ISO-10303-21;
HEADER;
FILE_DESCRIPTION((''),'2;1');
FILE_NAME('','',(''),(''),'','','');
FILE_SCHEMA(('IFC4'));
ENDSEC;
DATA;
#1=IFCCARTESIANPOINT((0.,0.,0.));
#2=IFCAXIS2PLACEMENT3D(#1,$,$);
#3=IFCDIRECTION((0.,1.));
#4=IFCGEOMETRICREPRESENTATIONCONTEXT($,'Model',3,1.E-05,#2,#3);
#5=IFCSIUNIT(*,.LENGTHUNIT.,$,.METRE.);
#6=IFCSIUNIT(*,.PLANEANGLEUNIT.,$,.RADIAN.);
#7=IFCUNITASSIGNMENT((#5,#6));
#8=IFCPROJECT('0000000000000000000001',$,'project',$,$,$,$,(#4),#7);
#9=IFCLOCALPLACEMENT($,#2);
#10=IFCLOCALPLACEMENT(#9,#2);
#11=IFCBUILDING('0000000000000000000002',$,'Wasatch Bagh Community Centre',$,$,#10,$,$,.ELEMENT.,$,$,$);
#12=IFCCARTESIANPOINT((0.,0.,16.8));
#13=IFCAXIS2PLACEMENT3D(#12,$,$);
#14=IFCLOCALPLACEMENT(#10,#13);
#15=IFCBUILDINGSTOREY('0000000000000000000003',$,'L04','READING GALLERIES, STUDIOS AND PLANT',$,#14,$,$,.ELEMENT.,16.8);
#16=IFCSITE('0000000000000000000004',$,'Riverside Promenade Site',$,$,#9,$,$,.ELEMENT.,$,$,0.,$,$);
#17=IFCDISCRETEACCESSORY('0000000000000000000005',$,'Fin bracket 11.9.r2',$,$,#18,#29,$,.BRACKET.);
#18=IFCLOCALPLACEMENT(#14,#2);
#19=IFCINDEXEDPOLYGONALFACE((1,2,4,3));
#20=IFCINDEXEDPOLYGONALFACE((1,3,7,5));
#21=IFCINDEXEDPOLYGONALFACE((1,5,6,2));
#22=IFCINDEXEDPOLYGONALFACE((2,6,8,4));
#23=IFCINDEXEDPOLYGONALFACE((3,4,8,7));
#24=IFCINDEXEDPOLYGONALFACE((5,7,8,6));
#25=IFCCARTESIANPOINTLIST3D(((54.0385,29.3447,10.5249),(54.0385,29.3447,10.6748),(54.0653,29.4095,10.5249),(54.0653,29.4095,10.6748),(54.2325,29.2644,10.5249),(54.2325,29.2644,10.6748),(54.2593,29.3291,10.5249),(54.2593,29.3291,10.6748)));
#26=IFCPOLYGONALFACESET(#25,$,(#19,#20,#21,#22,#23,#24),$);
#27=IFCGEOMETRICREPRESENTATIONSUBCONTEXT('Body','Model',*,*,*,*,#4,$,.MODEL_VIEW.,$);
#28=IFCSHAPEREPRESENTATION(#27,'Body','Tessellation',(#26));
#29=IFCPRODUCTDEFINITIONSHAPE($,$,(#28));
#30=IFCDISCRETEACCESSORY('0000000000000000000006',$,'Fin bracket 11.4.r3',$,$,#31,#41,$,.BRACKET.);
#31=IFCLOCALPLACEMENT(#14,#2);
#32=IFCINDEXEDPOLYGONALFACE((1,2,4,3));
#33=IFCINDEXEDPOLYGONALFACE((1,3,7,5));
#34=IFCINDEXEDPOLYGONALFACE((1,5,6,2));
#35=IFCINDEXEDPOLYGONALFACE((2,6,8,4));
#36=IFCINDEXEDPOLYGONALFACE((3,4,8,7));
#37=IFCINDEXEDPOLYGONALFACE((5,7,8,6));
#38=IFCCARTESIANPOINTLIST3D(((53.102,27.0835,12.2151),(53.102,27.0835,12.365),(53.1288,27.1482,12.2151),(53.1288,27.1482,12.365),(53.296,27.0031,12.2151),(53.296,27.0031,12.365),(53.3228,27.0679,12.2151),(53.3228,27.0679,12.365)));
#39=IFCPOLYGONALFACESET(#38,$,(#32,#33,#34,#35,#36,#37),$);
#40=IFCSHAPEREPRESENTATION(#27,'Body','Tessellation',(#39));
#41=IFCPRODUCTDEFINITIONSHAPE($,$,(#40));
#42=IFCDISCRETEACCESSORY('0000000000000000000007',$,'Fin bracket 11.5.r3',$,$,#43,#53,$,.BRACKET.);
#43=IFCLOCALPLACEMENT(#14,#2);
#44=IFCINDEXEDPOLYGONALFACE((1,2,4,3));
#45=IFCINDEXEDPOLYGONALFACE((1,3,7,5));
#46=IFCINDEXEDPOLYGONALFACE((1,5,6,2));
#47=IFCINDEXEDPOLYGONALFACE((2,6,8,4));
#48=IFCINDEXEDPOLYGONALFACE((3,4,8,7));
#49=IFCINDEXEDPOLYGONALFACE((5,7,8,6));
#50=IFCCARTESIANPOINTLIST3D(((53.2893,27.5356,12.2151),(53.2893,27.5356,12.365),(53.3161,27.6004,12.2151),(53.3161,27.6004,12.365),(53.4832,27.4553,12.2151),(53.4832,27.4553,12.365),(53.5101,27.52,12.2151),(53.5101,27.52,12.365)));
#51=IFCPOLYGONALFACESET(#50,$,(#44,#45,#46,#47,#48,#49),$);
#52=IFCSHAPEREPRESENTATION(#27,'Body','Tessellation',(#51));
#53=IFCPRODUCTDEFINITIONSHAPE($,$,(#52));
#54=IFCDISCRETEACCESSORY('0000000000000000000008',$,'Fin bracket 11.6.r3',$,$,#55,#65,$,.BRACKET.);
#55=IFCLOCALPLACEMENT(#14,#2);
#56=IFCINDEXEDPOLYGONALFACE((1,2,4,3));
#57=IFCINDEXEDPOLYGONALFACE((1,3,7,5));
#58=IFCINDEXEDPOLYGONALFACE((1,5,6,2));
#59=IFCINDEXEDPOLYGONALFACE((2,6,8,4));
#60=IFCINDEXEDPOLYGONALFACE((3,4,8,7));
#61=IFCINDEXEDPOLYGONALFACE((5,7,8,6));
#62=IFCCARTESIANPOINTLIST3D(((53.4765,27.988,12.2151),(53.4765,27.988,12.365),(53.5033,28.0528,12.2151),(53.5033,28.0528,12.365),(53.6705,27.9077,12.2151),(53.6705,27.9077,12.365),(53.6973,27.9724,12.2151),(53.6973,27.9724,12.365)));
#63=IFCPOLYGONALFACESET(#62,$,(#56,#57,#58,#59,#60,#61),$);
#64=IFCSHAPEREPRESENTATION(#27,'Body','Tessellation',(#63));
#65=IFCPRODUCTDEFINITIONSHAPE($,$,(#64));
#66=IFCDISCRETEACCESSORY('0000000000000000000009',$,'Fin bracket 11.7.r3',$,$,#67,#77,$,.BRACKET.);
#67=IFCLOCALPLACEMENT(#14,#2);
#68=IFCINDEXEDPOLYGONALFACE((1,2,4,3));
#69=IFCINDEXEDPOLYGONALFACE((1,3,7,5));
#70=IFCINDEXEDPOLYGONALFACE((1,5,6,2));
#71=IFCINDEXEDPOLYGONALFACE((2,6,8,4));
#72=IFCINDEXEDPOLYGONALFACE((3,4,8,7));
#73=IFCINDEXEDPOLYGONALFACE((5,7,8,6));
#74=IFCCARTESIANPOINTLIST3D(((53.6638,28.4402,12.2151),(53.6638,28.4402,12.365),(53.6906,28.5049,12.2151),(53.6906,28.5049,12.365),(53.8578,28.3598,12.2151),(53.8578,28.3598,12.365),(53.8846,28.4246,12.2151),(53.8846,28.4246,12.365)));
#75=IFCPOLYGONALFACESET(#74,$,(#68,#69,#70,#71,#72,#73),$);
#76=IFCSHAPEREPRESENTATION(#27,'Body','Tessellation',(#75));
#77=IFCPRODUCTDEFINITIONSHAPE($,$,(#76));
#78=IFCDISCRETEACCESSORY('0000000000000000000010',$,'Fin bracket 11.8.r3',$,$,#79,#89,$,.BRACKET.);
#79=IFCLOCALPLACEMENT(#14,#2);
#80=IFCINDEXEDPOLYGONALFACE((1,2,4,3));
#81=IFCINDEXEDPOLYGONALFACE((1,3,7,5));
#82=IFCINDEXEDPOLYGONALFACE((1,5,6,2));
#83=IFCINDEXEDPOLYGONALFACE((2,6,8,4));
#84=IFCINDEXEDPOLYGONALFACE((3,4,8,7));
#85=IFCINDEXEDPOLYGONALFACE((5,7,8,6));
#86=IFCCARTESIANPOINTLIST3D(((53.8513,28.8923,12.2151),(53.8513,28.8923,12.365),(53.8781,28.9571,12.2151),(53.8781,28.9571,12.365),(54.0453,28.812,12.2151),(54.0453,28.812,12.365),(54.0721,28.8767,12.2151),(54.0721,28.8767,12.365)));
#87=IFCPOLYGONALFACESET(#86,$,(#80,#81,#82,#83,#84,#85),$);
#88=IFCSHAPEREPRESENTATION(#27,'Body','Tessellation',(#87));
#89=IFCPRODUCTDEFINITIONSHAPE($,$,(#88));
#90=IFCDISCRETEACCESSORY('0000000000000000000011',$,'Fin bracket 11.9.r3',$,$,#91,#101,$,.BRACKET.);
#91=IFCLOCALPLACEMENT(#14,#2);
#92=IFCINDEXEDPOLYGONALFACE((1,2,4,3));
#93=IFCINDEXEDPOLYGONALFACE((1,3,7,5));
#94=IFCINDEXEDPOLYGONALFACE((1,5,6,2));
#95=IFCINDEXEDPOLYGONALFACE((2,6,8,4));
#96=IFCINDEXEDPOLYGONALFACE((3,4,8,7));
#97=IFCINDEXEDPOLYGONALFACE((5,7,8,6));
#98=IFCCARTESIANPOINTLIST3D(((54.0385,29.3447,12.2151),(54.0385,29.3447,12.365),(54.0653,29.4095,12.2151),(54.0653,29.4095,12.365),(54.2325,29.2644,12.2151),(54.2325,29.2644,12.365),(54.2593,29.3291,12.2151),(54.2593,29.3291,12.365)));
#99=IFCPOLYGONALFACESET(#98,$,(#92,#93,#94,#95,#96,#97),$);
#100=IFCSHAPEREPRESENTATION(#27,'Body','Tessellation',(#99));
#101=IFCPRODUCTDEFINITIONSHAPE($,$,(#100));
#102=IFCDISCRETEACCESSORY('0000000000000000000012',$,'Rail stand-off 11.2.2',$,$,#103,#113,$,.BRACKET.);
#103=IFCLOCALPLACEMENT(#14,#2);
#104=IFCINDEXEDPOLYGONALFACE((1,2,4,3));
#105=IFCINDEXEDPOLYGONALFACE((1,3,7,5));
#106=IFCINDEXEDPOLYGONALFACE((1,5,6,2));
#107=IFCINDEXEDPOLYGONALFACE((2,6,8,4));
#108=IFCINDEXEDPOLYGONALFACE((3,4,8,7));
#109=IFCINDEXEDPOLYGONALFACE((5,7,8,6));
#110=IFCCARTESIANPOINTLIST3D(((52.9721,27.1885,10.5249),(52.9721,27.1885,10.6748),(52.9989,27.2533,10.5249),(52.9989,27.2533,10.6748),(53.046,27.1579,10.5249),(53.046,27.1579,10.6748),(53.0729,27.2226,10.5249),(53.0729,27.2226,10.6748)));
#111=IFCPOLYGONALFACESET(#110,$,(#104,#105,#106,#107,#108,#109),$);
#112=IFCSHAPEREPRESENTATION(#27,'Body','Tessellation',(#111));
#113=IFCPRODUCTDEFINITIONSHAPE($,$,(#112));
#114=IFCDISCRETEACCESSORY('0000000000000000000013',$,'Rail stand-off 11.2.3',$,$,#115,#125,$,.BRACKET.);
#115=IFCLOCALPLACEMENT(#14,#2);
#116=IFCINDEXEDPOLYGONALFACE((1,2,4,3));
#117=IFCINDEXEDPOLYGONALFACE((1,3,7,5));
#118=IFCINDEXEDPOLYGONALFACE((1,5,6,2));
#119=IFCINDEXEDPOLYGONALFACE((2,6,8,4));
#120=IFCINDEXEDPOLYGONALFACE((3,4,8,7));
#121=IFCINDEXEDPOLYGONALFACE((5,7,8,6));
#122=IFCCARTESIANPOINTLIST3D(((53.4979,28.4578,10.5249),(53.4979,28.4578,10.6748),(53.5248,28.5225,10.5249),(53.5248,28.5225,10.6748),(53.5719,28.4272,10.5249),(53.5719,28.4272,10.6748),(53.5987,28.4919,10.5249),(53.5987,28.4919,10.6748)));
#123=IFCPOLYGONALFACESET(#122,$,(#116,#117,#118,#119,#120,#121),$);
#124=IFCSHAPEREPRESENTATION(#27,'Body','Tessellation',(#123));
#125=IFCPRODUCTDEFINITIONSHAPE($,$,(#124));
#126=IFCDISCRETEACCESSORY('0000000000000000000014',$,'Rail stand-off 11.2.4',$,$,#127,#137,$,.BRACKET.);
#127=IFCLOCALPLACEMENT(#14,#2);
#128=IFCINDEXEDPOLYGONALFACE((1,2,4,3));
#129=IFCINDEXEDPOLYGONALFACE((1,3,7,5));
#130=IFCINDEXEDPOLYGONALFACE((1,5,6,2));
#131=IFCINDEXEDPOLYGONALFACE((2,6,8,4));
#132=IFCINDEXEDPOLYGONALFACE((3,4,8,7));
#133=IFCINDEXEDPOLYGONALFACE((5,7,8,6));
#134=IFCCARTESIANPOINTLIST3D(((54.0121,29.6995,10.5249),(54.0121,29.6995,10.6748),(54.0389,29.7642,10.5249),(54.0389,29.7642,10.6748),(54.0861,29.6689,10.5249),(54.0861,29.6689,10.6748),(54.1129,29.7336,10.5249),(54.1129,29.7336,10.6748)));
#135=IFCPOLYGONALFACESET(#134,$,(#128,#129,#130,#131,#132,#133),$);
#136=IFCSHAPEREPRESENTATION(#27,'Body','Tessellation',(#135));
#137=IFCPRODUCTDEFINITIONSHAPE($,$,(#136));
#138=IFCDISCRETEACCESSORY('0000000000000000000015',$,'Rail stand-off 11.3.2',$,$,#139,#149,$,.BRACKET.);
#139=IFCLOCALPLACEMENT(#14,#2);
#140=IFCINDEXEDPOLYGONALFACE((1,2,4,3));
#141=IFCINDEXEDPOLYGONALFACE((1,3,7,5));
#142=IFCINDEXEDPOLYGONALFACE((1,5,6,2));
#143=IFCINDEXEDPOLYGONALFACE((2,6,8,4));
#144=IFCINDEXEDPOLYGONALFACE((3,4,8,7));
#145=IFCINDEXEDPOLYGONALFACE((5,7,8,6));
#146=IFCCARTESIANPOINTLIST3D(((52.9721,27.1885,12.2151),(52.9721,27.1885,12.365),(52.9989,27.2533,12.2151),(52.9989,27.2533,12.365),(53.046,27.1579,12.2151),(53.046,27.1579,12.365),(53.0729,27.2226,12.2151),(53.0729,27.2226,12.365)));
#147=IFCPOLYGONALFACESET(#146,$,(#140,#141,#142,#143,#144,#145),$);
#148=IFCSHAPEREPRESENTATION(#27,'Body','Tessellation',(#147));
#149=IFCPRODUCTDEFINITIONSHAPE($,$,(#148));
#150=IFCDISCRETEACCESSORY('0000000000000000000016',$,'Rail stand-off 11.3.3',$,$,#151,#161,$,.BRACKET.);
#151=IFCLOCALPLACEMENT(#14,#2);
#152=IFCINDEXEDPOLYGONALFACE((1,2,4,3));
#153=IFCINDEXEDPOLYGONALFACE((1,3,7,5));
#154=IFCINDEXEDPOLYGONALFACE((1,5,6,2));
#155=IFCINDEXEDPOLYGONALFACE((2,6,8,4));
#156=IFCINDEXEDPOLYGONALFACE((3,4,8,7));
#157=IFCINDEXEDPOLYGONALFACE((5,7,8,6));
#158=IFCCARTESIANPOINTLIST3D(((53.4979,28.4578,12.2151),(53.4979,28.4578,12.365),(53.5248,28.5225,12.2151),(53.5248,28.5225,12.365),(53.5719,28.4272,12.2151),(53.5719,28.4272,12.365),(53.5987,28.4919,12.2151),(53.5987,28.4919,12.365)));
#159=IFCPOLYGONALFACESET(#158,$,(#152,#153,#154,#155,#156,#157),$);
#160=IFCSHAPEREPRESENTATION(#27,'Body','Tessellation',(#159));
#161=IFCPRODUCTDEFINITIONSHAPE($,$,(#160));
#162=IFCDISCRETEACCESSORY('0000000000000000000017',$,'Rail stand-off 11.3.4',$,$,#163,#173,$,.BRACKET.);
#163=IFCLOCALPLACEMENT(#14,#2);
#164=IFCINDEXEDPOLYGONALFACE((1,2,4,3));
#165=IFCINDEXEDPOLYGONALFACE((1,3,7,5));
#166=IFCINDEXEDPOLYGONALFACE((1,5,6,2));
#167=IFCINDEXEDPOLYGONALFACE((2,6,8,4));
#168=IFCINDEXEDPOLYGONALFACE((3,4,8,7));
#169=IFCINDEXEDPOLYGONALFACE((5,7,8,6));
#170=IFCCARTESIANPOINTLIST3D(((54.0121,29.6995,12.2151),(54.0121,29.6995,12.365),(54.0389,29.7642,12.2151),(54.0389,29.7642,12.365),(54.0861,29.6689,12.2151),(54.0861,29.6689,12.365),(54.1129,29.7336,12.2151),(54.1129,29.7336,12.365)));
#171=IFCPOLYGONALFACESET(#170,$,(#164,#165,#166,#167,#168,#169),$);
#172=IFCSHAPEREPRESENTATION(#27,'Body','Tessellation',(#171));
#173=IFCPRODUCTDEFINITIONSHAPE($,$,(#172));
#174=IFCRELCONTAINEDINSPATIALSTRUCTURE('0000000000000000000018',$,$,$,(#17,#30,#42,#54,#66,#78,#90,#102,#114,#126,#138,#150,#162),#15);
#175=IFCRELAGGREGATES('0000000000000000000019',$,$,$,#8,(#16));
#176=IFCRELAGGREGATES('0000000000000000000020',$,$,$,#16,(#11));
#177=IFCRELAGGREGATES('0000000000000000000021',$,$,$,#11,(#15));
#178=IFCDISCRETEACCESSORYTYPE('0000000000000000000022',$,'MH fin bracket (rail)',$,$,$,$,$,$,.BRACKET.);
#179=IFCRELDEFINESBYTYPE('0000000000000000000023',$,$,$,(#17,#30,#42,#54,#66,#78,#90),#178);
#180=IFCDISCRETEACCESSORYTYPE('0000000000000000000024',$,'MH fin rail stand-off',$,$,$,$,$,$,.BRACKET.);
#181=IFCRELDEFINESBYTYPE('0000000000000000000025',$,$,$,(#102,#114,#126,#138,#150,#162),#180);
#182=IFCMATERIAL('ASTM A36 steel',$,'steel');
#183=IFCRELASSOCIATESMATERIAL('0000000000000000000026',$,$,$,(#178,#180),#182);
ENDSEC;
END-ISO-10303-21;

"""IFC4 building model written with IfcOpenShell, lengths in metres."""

from ifc_helpers import new_model, si_unit, direction, frame, origin, origin_2d, place, context, subcontext, project, spatial, rectangle, extrude, material, type_object, element, save


model = new_model("IFC4")

# Units and contexts
model_context = context("Model", 3, precision=1e-05, world=origin(), true_north=direction((0.0, 1.0)))
body_context = subcontext(model_context, "Body", "Model", "MODEL_VIEW")
ifc_project = project(units=[si_unit("LENGTHUNIT", "METRE"), si_unit("PLANEANGLEUNIT", "RADIAN")], contexts=[model_context])

# Site, building, storey
site_placement = place(None, origin())
site = spatial("IfcSite", under=ifc_project, at=site_placement, Name="Riverside Promenade Site", CompositionType="ELEMENT", RefElevation=0.0)
building_placement = place(site_placement, origin())
building = spatial("IfcBuilding", under=site, at=building_placement, Name="Wasatch Bagh Community Centre", CompositionType="ELEMENT")
storey_placement = place(building_placement, frame((0.0, 0.0, 16.8)))
storey = spatial("IfcBuildingStorey", under=building, at=storey_placement, Name="L04", Description="READING GALLERIES, STUDIOS AND PLANT", CompositionType="ELEMENT", Elevation=16.8)

# Discrete accessories
ifc_material_1 = material(Name="ASTM A36 steel", Category="steel")
discrete_accessory_type_1 = type_object("IfcDiscreteAccessoryType", Name="MH fin bracket (rail)", PredefinedType="BRACKET", material=ifc_material_1)
for number, where, z_axis, x_axis, name in (
    (1, (54.1489, 29.3369, 10.5249), (0.0, 0.0, 1.0), (0.382683, 0.92388, 0.0), "Fin bracket 11.9.r2"),
    (2, (53.2124, 27.0757, 12.2151), (0.0, 0.0, 1.0), (0.382683, 0.92388, 0.0), "Fin bracket 11.4.r3"),
    (3, (53.3997, 27.5278, 12.2151), (0.0, 0.0, 1.0), (0.382683, 0.92388, 0.0), "Fin bracket 11.5.r3"),
    (4, (53.5869, 27.9802, 12.2151), (0.0, 0.0, 1.0), (0.382683, 0.92388, 0.0), "Fin bracket 11.6.r3"),
    (5, (53.7742, 28.4324, 12.2151), (0.0, 0.0, 1.0), (0.382683, 0.92388, 0.0), "Fin bracket 11.7.r3"),
    (6, (53.9617, 28.8845, 12.2151), (0.0, 0.0, 1.0), (0.382683, 0.92388, 0.0), "Fin bracket 11.8.r3"),
    (7, (54.1489, 29.3369, 12.2151), (0.0, 0.0, 1.0), (0.382683, 0.92388, 0.0), "Fin bracket 11.9.r3"),
):
    element("IfcDiscreteAccessory", number, at=place(storey_placement, frame(where, z_axis=z_axis, x_axis=x_axis)), inside=storey, type_object=discrete_accessory_type_1, Name=name, PredefinedType="BRACKET", context=body_context, shape_type="SweptSolid", body=[
        extrude(rectangle(XDim=0.0701, YDim=0.21, at=origin_2d()), origin(), (0.0, 0.0, 1.0), 0.1499),
    ])
discrete_accessory_type_2 = type_object("IfcDiscreteAccessoryType", Name="MH fin rail stand-off", PredefinedType="BRACKET", material=ifc_material_1)
for number, where, z_axis, x_axis, name in (
    (8, (53.0225, 27.2056, 10.5249), (0.0, 0.0, 1.0), (0.382683, 0.92388, 0.0), "Rail stand-off 11.2.2"),
    (9, (53.5483, 28.4749, 10.5249), (0.0, 0.0, 1.0), (0.382683, 0.92388, 0.0), "Rail stand-off 11.2.3"),
    (10, (54.0625, 29.7166, 10.5249), (0.0, 0.0, 1.0), (0.382683, 0.92388, 0.0), "Rail stand-off 11.2.4"),
    (11, (53.0225, 27.2056, 12.2151), (0.0, 0.0, 1.0), (0.382683, 0.92388, 0.0), "Rail stand-off 11.3.2"),
    (12, (53.5483, 28.4749, 12.2151), (0.0, 0.0, 1.0), (0.382683, 0.92388, 0.0), "Rail stand-off 11.3.3"),
    (13, (54.0625, 29.7166, 12.2151), (0.0, 0.0, 1.0), (0.382683, 0.92388, 0.0), "Rail stand-off 11.3.4"),
):
    element("IfcDiscreteAccessory", number, at=place(storey_placement, frame(where, z_axis=z_axis, x_axis=x_axis)), inside=storey, type_object=discrete_accessory_type_2, Name=name, PredefinedType="BRACKET", context=body_context, shape_type="SweptSolid", body=[
        extrude(rectangle(XDim=0.0701, YDim=0.0801, at=origin_2d()), origin(), (0.0, 0.0, 1.0), 0.1499),
    ])

save(model, "model.ifc")
